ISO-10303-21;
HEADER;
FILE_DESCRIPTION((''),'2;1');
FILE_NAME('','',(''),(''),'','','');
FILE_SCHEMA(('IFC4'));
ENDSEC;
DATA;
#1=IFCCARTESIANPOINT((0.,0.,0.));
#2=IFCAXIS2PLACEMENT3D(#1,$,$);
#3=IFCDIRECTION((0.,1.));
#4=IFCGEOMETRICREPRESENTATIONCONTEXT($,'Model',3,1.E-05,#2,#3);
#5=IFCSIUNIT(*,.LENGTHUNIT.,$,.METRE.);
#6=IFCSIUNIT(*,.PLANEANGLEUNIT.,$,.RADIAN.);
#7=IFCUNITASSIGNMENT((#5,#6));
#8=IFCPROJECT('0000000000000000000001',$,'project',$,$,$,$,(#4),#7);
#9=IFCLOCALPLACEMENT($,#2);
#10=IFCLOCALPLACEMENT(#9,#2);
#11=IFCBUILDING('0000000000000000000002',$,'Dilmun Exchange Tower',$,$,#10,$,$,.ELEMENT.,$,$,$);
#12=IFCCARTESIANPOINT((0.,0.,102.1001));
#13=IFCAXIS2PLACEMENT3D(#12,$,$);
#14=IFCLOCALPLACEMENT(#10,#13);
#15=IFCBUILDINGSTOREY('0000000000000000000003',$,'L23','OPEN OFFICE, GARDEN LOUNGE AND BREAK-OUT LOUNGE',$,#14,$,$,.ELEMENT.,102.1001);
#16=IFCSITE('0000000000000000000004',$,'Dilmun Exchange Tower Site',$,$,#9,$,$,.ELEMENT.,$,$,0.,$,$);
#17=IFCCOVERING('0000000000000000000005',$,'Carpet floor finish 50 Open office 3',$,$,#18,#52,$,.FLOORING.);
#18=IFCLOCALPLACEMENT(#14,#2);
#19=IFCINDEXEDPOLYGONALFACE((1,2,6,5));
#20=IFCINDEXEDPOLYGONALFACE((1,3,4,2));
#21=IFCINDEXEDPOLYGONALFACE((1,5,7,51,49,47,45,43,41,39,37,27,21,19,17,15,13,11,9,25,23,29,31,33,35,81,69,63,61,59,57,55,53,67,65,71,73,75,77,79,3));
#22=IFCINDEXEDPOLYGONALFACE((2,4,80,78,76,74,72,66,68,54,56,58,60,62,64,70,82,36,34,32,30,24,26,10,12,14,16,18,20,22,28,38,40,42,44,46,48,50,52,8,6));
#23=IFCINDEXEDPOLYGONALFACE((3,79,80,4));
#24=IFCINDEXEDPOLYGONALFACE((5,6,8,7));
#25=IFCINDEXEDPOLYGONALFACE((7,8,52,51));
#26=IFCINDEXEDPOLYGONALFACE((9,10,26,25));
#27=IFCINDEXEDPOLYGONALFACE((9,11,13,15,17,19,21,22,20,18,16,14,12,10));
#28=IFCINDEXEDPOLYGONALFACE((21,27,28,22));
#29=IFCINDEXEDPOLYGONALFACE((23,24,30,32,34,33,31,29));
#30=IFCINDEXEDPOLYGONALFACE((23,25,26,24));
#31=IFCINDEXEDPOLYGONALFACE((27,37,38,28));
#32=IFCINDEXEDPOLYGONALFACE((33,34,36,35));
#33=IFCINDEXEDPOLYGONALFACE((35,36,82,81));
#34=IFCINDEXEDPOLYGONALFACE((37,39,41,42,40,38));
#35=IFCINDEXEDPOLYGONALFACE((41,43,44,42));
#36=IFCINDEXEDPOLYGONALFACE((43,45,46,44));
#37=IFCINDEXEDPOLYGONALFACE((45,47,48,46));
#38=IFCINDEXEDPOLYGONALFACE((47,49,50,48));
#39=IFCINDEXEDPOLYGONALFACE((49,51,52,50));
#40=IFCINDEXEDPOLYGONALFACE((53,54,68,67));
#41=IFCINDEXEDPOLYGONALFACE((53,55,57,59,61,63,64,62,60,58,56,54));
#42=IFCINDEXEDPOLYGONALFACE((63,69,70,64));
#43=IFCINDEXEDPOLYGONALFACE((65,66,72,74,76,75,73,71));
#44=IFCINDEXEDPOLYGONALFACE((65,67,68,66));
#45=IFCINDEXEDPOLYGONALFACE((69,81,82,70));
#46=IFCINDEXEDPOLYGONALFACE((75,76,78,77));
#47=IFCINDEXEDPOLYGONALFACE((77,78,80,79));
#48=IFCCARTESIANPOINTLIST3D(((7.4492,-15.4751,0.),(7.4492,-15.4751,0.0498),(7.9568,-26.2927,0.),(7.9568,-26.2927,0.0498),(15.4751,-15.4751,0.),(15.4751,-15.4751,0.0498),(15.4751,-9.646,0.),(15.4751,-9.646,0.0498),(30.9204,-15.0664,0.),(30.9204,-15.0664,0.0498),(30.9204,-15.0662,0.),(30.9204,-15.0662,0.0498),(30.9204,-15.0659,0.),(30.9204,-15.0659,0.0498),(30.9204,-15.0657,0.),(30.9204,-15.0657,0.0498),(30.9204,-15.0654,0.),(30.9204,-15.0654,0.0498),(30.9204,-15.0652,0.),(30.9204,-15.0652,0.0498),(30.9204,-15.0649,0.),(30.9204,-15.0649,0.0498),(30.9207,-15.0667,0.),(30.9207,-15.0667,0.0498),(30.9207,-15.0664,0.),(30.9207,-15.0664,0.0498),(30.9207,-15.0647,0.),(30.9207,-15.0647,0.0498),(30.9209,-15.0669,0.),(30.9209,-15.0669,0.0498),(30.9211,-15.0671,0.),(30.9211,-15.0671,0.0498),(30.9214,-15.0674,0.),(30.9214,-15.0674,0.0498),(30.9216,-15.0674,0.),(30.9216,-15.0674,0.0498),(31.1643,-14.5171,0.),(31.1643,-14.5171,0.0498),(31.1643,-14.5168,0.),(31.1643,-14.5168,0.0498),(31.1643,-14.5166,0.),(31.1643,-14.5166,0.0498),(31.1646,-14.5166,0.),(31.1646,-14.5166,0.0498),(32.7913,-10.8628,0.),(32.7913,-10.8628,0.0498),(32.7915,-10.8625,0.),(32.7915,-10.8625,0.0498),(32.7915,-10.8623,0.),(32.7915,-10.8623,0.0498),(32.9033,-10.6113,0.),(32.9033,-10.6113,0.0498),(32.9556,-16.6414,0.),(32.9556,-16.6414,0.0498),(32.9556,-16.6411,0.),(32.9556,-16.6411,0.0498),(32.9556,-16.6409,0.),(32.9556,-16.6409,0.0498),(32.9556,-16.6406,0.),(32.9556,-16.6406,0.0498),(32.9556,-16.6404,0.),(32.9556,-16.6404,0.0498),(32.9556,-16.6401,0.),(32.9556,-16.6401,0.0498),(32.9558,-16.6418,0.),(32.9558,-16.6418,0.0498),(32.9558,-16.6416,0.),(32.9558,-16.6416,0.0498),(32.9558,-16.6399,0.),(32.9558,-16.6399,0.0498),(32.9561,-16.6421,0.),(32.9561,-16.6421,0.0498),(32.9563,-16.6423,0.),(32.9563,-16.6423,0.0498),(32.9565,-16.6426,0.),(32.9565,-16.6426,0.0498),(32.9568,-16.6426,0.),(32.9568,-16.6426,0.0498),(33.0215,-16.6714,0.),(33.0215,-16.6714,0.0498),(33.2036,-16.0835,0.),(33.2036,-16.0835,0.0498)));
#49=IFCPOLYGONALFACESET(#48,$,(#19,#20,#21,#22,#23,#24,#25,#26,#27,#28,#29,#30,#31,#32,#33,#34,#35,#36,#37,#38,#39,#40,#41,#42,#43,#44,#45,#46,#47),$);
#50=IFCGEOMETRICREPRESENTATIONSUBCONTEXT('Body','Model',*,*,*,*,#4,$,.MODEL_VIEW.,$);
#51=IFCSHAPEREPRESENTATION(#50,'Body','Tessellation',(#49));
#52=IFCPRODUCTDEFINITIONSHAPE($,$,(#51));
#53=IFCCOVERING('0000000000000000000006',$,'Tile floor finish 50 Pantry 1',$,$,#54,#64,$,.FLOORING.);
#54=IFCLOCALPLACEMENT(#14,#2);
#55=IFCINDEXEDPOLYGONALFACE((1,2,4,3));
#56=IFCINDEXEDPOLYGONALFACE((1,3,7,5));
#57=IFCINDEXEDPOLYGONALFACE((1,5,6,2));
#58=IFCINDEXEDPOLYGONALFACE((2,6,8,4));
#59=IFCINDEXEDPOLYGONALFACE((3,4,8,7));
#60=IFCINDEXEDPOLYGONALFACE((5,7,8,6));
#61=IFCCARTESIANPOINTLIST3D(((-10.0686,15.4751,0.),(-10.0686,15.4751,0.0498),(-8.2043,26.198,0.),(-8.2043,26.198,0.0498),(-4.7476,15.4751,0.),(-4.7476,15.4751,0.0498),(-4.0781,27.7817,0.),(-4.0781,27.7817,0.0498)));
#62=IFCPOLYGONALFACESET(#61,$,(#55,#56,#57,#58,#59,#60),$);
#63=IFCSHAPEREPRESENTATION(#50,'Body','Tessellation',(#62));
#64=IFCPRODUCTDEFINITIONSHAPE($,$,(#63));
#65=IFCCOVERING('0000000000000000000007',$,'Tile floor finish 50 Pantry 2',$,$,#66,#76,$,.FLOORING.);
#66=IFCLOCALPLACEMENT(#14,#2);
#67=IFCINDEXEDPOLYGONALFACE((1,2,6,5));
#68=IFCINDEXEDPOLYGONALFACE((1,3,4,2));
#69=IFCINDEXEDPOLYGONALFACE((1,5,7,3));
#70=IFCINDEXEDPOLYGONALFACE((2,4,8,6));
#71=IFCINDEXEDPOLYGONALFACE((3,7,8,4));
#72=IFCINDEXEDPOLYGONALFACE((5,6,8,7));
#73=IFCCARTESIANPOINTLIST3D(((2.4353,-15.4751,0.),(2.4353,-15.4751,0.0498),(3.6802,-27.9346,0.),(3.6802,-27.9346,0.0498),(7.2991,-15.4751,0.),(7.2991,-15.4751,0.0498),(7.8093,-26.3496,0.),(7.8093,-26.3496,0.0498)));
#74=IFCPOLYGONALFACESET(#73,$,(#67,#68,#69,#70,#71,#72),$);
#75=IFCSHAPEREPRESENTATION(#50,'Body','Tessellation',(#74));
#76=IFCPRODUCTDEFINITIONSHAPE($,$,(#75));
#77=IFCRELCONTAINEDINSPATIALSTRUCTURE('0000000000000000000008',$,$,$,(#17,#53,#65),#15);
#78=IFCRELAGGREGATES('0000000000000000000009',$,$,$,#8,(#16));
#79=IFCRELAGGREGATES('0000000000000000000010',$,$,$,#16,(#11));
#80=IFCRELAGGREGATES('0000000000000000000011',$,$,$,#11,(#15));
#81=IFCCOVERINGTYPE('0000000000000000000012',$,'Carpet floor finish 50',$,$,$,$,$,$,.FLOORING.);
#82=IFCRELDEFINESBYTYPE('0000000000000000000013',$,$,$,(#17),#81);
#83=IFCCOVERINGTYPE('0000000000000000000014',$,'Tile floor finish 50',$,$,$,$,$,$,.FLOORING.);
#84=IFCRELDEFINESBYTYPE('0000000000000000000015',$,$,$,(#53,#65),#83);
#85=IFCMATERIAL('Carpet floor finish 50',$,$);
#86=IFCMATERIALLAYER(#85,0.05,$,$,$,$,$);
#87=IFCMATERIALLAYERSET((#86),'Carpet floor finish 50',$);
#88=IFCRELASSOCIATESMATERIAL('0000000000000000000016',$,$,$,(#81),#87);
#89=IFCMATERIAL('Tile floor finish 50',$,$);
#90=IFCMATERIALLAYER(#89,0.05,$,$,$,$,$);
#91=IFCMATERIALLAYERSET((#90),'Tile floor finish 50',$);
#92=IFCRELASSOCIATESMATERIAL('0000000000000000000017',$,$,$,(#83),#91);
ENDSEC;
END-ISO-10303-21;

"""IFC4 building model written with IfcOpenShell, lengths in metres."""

from ifc_helpers import new_model, si_unit, direction, frame, origin, place, context, subcontext, project, spatial, polyline, outline, extrude, material, layer, layer_set, type_object, element, save


model = new_model("IFC4")

# Units and contexts
model_context = context("Model", 3, precision=1e-05, world=origin(), true_north=direction((0.0, 1.0)))
body_context = subcontext(model_context, "Body", "Model", "MODEL_VIEW")
ifc_project = project(units=[si_unit("LENGTHUNIT", "METRE"), si_unit("PLANEANGLEUNIT", "RADIAN")], contexts=[model_context])

# Site, building, storey
site_placement = place(None, origin())
site = spatial("IfcSite", under=ifc_project, at=site_placement, Name="Dilmun Exchange Tower Site", CompositionType="ELEMENT", RefElevation=0.0)
building_placement = place(site_placement, origin())
building = spatial("IfcBuilding", under=site, at=building_placement, Name="Dilmun Exchange Tower", CompositionType="ELEMENT")
storey_placement = place(building_placement, frame((0.0, 0.0, 102.1001)))
storey = spatial("IfcBuildingStorey", under=building, at=storey_placement, Name="L23", Description="OPEN OFFICE, GARDEN LOUNGE AND BREAK-OUT LOUNGE", CompositionType="ELEMENT", Elevation=102.1001)

# Coverings
ifc_material_1 = material(Name="Carpet floor finish 50")
ifc_layer_1 = layer(ifc_material_1, 0.05)
ifc_layer_set_1 = layer_set([ifc_layer_1], Name="Carpet floor finish 50")
covering_type_1 = type_object("IfcCoveringType", Name="Carpet floor finish 50", PredefinedType="FLOORING", material=ifc_layer_set_1)
covering_1_placement = place(storey_placement, origin())
element("IfcCovering", 1, at=covering_1_placement, inside=storey, type_object=covering_type_1, Name="Carpet floor finish 50 Open office 3", PredefinedType="FLOORING", context=body_context, shape_type="SweptSolid", body=[
    extrude(outline(polyline([(7.4492, -15.4751), (15.4751, -15.4751), (15.4751, -9.646), (32.9033, -10.6113), (32.7915, -10.8623), (32.7915, -10.8625), (32.7913, -10.8628), (32.7913, -10.8628), (31.1646, -14.5166), (31.1643, -14.5166), (31.1643, -14.5168), (31.1643, -14.5171), (31.1643, -14.5171), (30.9207, -15.0647), (30.9204, -15.0649), (30.9204, -15.0652), (30.9204, -15.0652), (30.9204, -15.0654), (30.9204, -15.0657), (30.9204, -15.0659), (30.9204, -15.0662), (30.9204, -15.0664), (30.9207, -15.0664), (30.9207, -15.0667), (30.9209, -15.0669), (30.9209, -15.0669), (30.9211, -15.0671), (30.9211, -15.0671), (30.9214, -15.0674), (30.9216, -15.0674), (33.2036, -16.0835), (32.9558, -16.6399), (32.9556, -16.6401), (32.9556, -16.6404), (32.9556, -16.6404), (32.9556, -16.6406), (32.9556, -16.6409), (32.9556, -16.6411), (32.9556, -16.6414), (32.9558, -16.6416), (32.9558, -16.6416), (32.9558, -16.6418), (32.9561, -16.6421), (32.9561, -16.6421), (32.9563, -16.6423), (32.9563, -16.6423), (32.9565, -16.6426), (32.9568, -16.6426), (33.0215, -16.6714), (7.9568, -26.2927), (7.4492, -15.4751)])), origin(), (0.0, 0.0, 1.0), 0.0498),
])
ifc_material_2 = material(Name="Tile floor finish 50")
ifc_layer_2 = layer(ifc_material_2, 0.05)
ifc_layer_set_2 = layer_set([ifc_layer_2], Name="Tile floor finish 50")
covering_type_2 = type_object("IfcCoveringType", Name="Tile floor finish 50", PredefinedType="FLOORING", material=ifc_layer_set_2)
covering_2_placement = place(storey_placement, origin())
element("IfcCovering", 2, at=covering_2_placement, inside=storey, type_object=covering_type_2, Name="Tile floor finish 50 Pantry 1", PredefinedType="FLOORING", context=body_context, shape_type="SweptSolid", body=[
    extrude(outline(polyline([(-10.0686, 15.4751), (-8.2043, 26.198), (-4.0781, 27.7817), (-4.7476, 15.4751), (-10.0686, 15.4751)])), origin(), (0.0, 0.0, 1.0), 0.0498),
])
covering_3_placement = place(storey_placement, origin())
element("IfcCovering", 3, at=covering_3_placement, inside=storey, type_object=covering_type_2, Name="Tile floor finish 50 Pantry 2", PredefinedType="FLOORING", context=body_context, shape_type="SweptSolid", body=[
    extrude(outline(polyline([(2.4353, -15.4751), (7.2991, -15.4751), (7.8093, -26.3496), (3.6802, -27.9346), (2.4353, -15.4751)])), origin(), (0.0, 0.0, 1.0), 0.0498),
])

save(model, "model.ifc")
